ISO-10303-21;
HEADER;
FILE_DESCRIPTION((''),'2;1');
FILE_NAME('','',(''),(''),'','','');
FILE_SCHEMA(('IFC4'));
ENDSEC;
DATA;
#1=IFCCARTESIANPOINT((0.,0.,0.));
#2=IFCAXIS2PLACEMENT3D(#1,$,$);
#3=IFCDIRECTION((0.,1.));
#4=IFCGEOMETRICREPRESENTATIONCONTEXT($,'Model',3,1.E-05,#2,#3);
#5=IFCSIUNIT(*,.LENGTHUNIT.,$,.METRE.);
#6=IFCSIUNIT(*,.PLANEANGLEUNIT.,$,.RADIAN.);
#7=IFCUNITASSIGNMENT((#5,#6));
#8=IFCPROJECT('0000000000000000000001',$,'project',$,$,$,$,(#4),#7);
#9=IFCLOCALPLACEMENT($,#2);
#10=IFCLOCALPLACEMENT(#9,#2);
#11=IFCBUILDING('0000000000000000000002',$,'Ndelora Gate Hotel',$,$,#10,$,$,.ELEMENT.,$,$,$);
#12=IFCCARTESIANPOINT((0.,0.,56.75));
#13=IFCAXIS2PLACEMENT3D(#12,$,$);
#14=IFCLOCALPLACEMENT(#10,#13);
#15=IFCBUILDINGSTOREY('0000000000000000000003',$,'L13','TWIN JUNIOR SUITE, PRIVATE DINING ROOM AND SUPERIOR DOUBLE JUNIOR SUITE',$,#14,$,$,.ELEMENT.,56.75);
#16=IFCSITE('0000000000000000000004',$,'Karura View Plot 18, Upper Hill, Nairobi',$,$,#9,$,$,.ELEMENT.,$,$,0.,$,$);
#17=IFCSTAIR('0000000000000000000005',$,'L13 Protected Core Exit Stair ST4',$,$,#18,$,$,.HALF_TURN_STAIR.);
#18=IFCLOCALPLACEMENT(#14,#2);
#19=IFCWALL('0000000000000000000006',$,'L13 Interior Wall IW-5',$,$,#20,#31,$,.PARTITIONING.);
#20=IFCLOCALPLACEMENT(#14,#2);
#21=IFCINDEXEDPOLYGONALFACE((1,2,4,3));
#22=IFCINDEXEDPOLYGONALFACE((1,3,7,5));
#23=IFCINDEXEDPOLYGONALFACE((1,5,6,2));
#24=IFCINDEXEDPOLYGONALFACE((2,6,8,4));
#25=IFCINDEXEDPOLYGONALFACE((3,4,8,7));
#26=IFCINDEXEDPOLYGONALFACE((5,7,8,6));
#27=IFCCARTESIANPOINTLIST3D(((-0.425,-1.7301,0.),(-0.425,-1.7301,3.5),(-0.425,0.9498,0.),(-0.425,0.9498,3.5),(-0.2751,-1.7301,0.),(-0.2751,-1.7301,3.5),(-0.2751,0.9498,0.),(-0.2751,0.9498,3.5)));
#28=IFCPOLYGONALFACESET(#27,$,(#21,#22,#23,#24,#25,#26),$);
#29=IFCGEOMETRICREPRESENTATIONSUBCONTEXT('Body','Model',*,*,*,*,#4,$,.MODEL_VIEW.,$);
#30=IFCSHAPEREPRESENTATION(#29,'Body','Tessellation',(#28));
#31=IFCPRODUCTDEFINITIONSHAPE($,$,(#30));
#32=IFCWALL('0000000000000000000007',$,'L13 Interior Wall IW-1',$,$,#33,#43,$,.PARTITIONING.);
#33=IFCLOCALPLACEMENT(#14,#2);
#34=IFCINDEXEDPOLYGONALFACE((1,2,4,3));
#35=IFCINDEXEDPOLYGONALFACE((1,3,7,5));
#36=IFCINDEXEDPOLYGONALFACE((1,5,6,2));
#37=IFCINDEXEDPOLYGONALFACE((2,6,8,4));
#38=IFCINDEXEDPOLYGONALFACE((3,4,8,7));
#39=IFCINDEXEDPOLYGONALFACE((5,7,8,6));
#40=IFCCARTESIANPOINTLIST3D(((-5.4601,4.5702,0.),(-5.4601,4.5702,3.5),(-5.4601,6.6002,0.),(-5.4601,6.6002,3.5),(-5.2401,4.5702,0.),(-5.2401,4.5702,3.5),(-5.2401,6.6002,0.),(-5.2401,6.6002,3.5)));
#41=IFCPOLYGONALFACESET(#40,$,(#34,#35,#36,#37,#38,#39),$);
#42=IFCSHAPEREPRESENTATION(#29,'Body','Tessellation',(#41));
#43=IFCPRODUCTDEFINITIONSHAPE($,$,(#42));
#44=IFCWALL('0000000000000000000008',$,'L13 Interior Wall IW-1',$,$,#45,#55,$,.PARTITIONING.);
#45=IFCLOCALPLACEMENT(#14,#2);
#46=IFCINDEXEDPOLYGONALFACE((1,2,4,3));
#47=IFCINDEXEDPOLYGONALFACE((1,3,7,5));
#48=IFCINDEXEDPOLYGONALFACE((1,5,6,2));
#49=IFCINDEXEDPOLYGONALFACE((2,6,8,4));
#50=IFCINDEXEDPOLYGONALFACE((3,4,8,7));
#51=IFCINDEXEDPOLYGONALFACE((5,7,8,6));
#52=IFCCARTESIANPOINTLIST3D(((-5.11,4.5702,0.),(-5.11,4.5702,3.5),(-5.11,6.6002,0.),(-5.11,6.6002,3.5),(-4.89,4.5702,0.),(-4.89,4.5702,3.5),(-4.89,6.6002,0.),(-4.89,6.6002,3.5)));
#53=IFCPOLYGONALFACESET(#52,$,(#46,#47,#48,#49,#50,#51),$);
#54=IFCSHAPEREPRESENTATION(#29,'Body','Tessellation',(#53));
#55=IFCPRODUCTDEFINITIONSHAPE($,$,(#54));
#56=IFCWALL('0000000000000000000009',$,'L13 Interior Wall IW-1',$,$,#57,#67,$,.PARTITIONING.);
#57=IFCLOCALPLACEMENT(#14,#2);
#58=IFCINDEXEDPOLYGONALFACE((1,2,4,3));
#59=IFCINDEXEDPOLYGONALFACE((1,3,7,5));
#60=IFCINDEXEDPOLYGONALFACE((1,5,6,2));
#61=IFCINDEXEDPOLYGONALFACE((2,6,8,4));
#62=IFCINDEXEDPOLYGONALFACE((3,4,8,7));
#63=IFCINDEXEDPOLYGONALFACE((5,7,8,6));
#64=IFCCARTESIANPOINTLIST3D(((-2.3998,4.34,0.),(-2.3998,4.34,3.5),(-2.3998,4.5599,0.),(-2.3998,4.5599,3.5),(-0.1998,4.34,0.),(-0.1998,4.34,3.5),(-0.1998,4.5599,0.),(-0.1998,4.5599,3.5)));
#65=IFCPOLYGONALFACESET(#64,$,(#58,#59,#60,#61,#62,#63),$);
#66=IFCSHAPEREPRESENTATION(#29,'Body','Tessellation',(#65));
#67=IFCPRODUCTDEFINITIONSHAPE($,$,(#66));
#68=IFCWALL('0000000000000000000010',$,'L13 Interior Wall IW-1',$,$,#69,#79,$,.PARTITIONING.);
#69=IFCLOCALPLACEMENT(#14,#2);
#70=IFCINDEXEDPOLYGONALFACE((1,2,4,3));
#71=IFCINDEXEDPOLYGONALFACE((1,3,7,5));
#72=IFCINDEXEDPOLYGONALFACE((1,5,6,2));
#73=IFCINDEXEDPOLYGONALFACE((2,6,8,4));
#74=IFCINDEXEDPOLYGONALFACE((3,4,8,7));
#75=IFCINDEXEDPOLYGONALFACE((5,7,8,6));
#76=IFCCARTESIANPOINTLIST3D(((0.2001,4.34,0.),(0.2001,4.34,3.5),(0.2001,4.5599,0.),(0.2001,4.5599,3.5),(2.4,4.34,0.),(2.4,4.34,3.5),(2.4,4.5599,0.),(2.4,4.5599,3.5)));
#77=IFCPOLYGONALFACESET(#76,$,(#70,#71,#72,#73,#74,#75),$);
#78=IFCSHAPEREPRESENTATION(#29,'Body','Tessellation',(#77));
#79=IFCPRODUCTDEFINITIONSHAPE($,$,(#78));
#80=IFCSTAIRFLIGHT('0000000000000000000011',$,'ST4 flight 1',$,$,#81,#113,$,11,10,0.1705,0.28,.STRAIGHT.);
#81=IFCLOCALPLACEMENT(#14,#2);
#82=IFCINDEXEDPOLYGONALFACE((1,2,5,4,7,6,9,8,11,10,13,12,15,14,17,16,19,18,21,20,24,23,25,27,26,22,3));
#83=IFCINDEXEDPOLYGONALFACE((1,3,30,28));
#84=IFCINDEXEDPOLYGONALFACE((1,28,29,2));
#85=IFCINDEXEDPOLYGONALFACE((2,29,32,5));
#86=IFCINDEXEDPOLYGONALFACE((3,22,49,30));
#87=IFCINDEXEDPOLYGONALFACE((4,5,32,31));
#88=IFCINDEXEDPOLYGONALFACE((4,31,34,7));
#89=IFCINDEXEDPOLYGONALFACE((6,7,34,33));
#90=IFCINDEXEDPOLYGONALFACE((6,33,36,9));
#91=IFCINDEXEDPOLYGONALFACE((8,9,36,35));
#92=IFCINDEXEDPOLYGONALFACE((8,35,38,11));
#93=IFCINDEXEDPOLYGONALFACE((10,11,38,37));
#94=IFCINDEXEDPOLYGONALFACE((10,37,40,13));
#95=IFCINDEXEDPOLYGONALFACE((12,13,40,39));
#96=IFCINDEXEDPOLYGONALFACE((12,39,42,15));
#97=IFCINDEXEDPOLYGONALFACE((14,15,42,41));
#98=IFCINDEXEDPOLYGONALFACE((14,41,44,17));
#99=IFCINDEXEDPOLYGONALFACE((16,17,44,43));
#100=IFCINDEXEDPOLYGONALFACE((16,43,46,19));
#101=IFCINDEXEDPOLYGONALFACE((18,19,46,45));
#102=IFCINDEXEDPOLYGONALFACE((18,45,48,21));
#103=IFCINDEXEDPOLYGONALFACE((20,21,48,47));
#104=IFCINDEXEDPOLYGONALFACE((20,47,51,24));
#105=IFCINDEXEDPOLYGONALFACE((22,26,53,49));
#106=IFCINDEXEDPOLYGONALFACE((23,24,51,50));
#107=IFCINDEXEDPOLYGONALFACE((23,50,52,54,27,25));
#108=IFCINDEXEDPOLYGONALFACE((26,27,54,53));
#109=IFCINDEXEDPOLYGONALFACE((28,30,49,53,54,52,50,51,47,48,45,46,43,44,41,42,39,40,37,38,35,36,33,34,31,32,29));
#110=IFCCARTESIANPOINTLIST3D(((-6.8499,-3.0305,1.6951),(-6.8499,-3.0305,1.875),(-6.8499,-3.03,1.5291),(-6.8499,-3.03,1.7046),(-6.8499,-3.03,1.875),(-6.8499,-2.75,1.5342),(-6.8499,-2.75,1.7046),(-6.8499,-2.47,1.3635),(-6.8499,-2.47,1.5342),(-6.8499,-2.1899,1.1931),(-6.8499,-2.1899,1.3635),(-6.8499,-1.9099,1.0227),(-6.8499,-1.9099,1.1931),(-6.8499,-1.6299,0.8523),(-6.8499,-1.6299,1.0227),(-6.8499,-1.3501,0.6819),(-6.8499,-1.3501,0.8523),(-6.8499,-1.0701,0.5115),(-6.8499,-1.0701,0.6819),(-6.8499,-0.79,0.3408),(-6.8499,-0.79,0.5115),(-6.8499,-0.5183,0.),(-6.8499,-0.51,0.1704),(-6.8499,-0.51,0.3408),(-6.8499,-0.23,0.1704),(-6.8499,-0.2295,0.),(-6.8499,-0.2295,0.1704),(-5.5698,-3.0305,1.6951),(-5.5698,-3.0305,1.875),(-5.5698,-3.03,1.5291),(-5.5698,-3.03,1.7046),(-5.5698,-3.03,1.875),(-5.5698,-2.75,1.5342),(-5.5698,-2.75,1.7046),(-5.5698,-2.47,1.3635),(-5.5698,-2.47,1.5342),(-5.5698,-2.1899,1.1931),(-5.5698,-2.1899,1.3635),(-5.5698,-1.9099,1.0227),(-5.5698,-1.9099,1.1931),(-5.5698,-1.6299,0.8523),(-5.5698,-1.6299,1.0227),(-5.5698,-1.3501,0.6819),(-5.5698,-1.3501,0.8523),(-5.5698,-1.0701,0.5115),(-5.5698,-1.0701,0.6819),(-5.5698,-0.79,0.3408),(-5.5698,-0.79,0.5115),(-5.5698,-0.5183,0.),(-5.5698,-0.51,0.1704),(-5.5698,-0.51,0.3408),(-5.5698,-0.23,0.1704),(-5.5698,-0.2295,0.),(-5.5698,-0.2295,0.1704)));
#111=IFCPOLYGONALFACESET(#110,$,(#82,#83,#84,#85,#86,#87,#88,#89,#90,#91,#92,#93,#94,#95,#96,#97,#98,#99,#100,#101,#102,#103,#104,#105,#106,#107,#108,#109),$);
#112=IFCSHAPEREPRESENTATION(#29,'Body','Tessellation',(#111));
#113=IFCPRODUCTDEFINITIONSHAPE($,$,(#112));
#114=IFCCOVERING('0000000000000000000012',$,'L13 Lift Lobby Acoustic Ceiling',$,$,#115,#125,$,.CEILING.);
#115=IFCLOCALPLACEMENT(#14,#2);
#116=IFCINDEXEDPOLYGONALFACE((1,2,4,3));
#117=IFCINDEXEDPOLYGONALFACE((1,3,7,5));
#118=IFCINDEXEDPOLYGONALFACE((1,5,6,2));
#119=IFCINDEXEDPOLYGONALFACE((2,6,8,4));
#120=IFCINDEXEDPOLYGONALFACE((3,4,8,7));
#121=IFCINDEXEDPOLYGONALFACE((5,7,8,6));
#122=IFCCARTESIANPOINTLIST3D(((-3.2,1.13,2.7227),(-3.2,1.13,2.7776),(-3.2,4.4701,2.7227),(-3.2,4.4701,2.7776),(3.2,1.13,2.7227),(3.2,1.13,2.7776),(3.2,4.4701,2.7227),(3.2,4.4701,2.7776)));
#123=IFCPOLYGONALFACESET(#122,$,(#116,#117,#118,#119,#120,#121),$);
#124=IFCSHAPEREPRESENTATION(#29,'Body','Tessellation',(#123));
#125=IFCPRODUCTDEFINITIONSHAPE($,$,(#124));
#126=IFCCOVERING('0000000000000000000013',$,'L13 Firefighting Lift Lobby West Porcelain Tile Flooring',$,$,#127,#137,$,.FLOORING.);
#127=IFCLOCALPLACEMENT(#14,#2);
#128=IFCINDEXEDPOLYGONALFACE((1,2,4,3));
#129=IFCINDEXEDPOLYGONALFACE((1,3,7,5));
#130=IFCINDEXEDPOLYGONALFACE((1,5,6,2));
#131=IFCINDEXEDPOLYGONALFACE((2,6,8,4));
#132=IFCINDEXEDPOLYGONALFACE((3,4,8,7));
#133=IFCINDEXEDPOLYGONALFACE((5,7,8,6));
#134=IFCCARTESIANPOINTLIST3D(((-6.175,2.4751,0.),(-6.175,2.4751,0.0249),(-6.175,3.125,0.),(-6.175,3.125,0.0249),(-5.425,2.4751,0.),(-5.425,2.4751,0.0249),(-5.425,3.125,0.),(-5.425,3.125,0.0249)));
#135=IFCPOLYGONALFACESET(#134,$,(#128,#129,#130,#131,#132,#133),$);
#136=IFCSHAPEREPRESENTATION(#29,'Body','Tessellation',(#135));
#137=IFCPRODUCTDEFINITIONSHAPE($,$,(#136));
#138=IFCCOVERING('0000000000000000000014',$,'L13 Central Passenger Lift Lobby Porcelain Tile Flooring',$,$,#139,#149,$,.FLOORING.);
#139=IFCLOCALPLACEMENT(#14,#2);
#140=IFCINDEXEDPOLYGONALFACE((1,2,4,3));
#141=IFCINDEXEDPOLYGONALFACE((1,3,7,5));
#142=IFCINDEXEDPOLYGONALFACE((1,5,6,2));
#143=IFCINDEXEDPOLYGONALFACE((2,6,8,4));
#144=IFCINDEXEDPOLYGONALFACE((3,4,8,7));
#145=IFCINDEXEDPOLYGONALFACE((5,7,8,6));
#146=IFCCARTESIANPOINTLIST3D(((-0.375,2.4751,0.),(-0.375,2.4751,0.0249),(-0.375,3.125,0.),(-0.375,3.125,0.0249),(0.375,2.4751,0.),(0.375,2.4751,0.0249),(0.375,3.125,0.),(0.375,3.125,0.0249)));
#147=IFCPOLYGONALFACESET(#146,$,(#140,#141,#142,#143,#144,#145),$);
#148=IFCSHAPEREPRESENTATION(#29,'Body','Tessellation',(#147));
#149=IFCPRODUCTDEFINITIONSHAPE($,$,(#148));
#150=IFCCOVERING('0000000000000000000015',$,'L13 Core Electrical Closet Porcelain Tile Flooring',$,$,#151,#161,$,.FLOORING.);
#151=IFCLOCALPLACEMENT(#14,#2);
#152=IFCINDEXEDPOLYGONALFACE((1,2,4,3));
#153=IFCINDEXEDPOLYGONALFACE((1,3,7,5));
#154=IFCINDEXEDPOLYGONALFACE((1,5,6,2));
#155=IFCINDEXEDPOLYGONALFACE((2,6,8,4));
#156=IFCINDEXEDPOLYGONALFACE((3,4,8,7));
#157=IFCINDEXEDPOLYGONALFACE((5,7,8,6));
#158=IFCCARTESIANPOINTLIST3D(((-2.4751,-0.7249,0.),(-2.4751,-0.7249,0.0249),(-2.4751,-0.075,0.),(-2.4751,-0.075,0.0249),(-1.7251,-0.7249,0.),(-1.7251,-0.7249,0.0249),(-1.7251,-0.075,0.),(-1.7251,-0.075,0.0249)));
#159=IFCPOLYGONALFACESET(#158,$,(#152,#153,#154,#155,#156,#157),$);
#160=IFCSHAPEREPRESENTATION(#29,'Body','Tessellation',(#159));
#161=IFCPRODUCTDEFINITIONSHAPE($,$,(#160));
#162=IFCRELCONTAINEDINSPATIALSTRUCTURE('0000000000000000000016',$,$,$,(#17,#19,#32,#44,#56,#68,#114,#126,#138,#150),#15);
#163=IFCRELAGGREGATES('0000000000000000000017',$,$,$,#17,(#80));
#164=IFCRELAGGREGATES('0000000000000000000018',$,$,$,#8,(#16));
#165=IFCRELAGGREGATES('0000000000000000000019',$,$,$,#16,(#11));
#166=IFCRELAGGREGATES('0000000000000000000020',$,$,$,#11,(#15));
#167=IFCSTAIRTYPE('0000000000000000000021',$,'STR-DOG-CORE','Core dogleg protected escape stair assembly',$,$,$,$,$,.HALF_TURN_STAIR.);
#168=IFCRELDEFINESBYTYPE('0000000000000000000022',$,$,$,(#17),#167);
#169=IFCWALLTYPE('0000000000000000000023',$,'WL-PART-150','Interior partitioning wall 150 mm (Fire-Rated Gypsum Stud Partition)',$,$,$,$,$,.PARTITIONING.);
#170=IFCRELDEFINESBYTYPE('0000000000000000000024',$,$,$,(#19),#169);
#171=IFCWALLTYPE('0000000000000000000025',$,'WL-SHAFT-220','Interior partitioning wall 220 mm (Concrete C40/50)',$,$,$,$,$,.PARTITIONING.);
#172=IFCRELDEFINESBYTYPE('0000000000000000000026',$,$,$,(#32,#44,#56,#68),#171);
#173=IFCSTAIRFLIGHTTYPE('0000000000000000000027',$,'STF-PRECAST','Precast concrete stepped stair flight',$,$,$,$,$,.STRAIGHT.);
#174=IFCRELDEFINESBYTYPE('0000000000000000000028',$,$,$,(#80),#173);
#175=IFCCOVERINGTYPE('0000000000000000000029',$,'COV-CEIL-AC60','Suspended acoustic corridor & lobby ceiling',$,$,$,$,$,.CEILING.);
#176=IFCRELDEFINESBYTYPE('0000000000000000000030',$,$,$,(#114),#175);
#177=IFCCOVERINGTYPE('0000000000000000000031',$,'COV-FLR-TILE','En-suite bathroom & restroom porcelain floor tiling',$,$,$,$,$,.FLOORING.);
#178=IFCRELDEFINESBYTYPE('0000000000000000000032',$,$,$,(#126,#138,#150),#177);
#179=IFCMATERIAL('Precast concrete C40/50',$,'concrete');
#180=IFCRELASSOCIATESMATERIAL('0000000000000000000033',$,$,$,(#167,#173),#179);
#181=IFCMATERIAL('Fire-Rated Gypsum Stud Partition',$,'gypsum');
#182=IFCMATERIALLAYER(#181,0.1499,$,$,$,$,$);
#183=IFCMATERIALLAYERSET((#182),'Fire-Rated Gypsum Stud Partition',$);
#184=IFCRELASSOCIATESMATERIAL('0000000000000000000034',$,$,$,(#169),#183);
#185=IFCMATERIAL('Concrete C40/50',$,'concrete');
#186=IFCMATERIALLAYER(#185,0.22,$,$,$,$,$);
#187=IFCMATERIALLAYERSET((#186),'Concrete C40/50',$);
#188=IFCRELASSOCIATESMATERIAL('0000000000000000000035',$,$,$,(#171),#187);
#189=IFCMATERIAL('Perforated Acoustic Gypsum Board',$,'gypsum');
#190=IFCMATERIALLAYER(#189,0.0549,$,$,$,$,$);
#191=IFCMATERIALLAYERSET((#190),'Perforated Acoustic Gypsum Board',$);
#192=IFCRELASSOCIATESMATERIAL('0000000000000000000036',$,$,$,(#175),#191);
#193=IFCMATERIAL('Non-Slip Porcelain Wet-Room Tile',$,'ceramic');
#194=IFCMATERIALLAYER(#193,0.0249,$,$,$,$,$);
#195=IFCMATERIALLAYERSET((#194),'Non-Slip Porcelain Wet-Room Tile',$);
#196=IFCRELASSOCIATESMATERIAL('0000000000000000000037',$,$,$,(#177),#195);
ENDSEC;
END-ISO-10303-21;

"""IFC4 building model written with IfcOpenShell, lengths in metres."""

from ifc_helpers import new_model, si_unit, direction, frame, frame_2d, origin, origin_2d, place, context, subcontext, project, spatial, polyline, rectangle, outline, extrude, material, layer, layer_set, type_object, element, aggregate, save


model = new_model("IFC4")

# Units and contexts
model_context = context("Model", 3, precision=1e-05, world=origin(), true_north=direction((0.0, 1.0)))
body_context = subcontext(model_context, "Body", "Model", "MODEL_VIEW")
ifc_project = project(units=[si_unit("LENGTHUNIT", "METRE"), si_unit("PLANEANGLEUNIT", "RADIAN")], contexts=[model_context])

# Site, building, storey
site_placement = place(None, origin())
site = spatial("IfcSite", under=ifc_project, at=site_placement, Name="Karura View Plot 18, Upper Hill, Nairobi", CompositionType="ELEMENT", RefElevation=0.0)
building_placement = place(site_placement, origin())
building = spatial("IfcBuilding", under=site, at=building_placement, Name="Ndelora Gate Hotel", CompositionType="ELEMENT")
storey_placement = place(building_placement, frame((0.0, 0.0, 56.75)))
storey = spatial("IfcBuildingStorey", under=building, at=storey_placement, Name="L13", Description="TWIN JUNIOR SUITE, PRIVATE DINING ROOM AND SUPERIOR DOUBLE JUNIOR SUITE", CompositionType="ELEMENT", Elevation=56.75)

# Stair
ifc_material_1 = material(Name="Precast concrete C40/50", Category="concrete")
stair_type = type_object("IfcStairType", Name="STR-DOG-CORE", Description="Core dogleg protected escape stair assembly", PredefinedType="HALF_TURN_STAIR", material=ifc_material_1)
stair_1_placement = place(storey_placement, origin())
stair_1 = element("IfcStair", 1, at=stair_1_placement, inside=storey, type_object=stair_type, Name="L13 Protected Core Exit Stair ST4", PredefinedType="HALF_TURN_STAIR")

# Shared definitions
ifc_material_2 = material(Name="Concrete C40/50", Category="concrete")

# Walls
ifc_material_3 = material(Name="Fire-Rated Gypsum Stud Partition", Category="gypsum")
ifc_layer_1 = layer(ifc_material_3, 0.1499)
ifc_layer_set_1 = layer_set([ifc_layer_1], Name="Fire-Rated Gypsum Stud Partition")
wall_type_1 = type_object("IfcWallType", Name="WL-PART-150", Description="Interior partitioning wall 150 mm (Fire-Rated Gypsum Stud Partition)", PredefinedType="PARTITIONING", material=ifc_layer_set_1)
wall_1_placement = place(storey_placement, frame((-0.3501, -1.73, 0.0), z_axis=(0.0, 0.0, 1.0), x_axis=(0.0, 1.0, 0.0)))
element("IfcWall", 2, at=wall_1_placement, inside=storey, type_object=wall_type_1, Name="L13 Interior Wall IW-5", PredefinedType="PARTITIONING", context=body_context, shape_type="SweptSolid", body=[
    extrude(rectangle(XDim=2.6799, YDim=0.1499, at=frame_2d((1.3398, 0.0))), origin(), (0.0, 0.0, 1.0), 3.5),
])
ifc_layer_2 = layer(ifc_material_2, 0.22)
ifc_layer_set_2 = layer_set([ifc_layer_2], Name="Concrete C40/50")
wall_type_2 = type_object("IfcWallType", Name="WL-SHAFT-220", Description="Interior partitioning wall 220 mm (Concrete C40/50)", PredefinedType="PARTITIONING", material=ifc_layer_set_2)
wall_2_placement = place(storey_placement, frame((-5.3501, 4.5701, 0.0), z_axis=(0.0, 0.0, 1.0), x_axis=(0.0, 1.0, 0.0)))
element("IfcWall", 3, at=wall_2_placement, inside=storey, type_object=wall_type_2, Name="L13 Interior Wall IW-1", PredefinedType="PARTITIONING", context=body_context, shape_type="SweptSolid", body=[
    extrude(rectangle(XDim=2.03, YDim=0.22, at=frame_2d((1.0151, 0.0))), origin(), (0.0, 0.0, 1.0), 3.5),
])

# Walls
wall_3_placement = place(storey_placement, frame((-5.0, 4.5701, 0.0), z_axis=(0.0, 0.0, 1.0), x_axis=(0.0, 1.0, 0.0)))
element("IfcWall", 4, at=wall_3_placement, inside=storey, type_object=wall_type_2, Name="L13 Interior Wall IW-1", PredefinedType="PARTITIONING", context=body_context, shape_type="SweptSolid", body=[
    extrude(rectangle(XDim=2.03, YDim=0.22, at=frame_2d((1.0151, 0.0))), origin(), (0.0, 0.0, 1.0), 3.5),
])
for number, where, z_axis, x_axis, name in (
    (5, (-2.3999, 4.45, 0.0), (0.0, 0.0, 1.0), (1.0, 0.0, 0.0), "L13 Interior Wall IW-1"),
    (6, (0.2, 4.45, 0.0), (0.0, 0.0, 1.0), (1.0, 0.0, 0.0), "L13 Interior Wall IW-1"),
):
    element("IfcWall", number, at=place(storey_placement, frame(where, z_axis=z_axis, x_axis=x_axis)), inside=storey, type_object=wall_type_2, Name=name, PredefinedType="PARTITIONING", context=body_context, shape_type="SweptSolid", body=[
        extrude(rectangle(XDim=2.2, YDim=0.22, at=frame_2d((1.1001, 0.0))), origin(), (0.0, 0.0, 1.0), 3.5),
    ])

# Stair flight
stair_flight_type = type_object("IfcStairFlightType", Name="STF-PRECAST", Description="Precast concrete stepped stair flight", PredefinedType="STRAIGHT", material=ifc_material_1)
stair_flight_placement = place(storey_placement, frame((-6.21, -0.23, 0.0), z_axis=(0.0, 0.0, 1.0), x_axis=(0.0, -1.0, 0.0)))
stair_flight = element("IfcStairFlight", 7, at=stair_flight_placement, type_object=stair_flight_type, Name="ST4 flight 1", NumberOfRisers=11, NumberOfTreads=10, PredefinedType="STRAIGHT", RiserHeight=0.1705, TreadLength=0.28, context=body_context, shape_type="SweptSolid", body=[
    extrude(outline(polyline([(-0.0005, 0.0), (-0.0005, 0.1704), (0.0, 0.1704), (0.28, 0.1704), (0.28, 0.3408), (0.5601, 0.3408), (0.5601, 0.5115), (0.8401, 0.5115), (0.8401, 0.6819), (1.1201, 0.6819), (1.1201, 0.8523), (1.3999, 0.8523), (1.3999, 1.0227), (1.6799, 1.0227), (1.6799, 1.1931), (1.96, 1.1931), (1.96, 1.3635), (2.24, 1.3635), (2.24, 1.5342), (2.52, 1.5342), (2.52, 1.7046), (2.8, 1.7046), (2.8, 1.875), (2.8005, 1.875), (2.8005, 1.6951), (2.8, 1.5291), (0.2883, 0.0), (-0.0005, 0.0)])), frame((0.0, 0.6401, 0.0), z_axis=(0.0, -1.0, 0.0), x_axis=(1.0, 0.0, 0.0)), (0.0, 0.0, 1.0), 1.28),
])
aggregate(stair_1, [stair_flight])

# Coverings
ifc_material_4 = material(Name="Perforated Acoustic Gypsum Board", Category="gypsum")
ifc_layer_3 = layer(ifc_material_4, 0.0549)
ifc_layer_set_3 = layer_set([ifc_layer_3], Name="Perforated Acoustic Gypsum Board")
covering_type_1 = type_object("IfcCoveringType", Name="COV-CEIL-AC60", Description="Suspended acoustic corridor & lobby ceiling", PredefinedType="CEILING", material=ifc_layer_set_3)
covering_placement = place(storey_placement, frame((0.0, 2.8, 2.7227), z_axis=(0.0, 0.0, 1.0), x_axis=(1.0, 0.0, 0.0)))
element("IfcCovering", 8, at=covering_placement, inside=storey, type_object=covering_type_1, Name="L13 Lift Lobby Acoustic Ceiling", PredefinedType="CEILING", context=body_context, shape_type="SweptSolid", body=[
    extrude(rectangle(XDim=6.3999, YDim=3.3401, at=origin_2d()), origin(), (0.0, 0.0, 1.0), 0.0549),
])
ifc_material_5 = material(Name="Non-Slip Porcelain Wet-Room Tile", Category="ceramic")
ifc_layer_4 = layer(ifc_material_5, 0.0249)
ifc_layer_set_4 = layer_set([ifc_layer_4], Name="Non-Slip Porcelain Wet-Room Tile")
covering_type_2 = type_object("IfcCoveringType", Name="COV-FLR-TILE", Description="En-suite bathroom & restroom porcelain floor tiling", PredefinedType="FLOORING", material=ifc_layer_set_4)
for number, where, z_axis, x_axis, name in (
    (9, (-5.8, 2.8, 0.0), (0.0, 0.0, 1.0), (1.0, 0.0, 0.0), "L13 Firefighting Lift Lobby West Porcelain Tile Flooring"),
    (10, (0.0, 2.8, 0.0), (0.0, 0.0, 1.0), (1.0, 0.0, 0.0), "L13 Central Passenger Lift Lobby Porcelain Tile Flooring"),
    (11, (-2.1001, -0.3999, 0.0), (0.0, 0.0, 1.0), (1.0, 0.0, 0.0), "L13 Core Electrical Closet Porcelain Tile Flooring"),
):
    element("IfcCovering", number, at=place(storey_placement, frame(where, z_axis=z_axis, x_axis=x_axis)), inside=storey, type_object=covering_type_2, Name=name, PredefinedType="FLOORING", context=body_context, shape_type="SweptSolid", body=[
        extrude(rectangle(XDim=0.75, YDim=0.6499, at=origin_2d()), origin(), (0.0, 0.0, 1.0), 0.0249),
    ])

save(model, "model.ifc")
